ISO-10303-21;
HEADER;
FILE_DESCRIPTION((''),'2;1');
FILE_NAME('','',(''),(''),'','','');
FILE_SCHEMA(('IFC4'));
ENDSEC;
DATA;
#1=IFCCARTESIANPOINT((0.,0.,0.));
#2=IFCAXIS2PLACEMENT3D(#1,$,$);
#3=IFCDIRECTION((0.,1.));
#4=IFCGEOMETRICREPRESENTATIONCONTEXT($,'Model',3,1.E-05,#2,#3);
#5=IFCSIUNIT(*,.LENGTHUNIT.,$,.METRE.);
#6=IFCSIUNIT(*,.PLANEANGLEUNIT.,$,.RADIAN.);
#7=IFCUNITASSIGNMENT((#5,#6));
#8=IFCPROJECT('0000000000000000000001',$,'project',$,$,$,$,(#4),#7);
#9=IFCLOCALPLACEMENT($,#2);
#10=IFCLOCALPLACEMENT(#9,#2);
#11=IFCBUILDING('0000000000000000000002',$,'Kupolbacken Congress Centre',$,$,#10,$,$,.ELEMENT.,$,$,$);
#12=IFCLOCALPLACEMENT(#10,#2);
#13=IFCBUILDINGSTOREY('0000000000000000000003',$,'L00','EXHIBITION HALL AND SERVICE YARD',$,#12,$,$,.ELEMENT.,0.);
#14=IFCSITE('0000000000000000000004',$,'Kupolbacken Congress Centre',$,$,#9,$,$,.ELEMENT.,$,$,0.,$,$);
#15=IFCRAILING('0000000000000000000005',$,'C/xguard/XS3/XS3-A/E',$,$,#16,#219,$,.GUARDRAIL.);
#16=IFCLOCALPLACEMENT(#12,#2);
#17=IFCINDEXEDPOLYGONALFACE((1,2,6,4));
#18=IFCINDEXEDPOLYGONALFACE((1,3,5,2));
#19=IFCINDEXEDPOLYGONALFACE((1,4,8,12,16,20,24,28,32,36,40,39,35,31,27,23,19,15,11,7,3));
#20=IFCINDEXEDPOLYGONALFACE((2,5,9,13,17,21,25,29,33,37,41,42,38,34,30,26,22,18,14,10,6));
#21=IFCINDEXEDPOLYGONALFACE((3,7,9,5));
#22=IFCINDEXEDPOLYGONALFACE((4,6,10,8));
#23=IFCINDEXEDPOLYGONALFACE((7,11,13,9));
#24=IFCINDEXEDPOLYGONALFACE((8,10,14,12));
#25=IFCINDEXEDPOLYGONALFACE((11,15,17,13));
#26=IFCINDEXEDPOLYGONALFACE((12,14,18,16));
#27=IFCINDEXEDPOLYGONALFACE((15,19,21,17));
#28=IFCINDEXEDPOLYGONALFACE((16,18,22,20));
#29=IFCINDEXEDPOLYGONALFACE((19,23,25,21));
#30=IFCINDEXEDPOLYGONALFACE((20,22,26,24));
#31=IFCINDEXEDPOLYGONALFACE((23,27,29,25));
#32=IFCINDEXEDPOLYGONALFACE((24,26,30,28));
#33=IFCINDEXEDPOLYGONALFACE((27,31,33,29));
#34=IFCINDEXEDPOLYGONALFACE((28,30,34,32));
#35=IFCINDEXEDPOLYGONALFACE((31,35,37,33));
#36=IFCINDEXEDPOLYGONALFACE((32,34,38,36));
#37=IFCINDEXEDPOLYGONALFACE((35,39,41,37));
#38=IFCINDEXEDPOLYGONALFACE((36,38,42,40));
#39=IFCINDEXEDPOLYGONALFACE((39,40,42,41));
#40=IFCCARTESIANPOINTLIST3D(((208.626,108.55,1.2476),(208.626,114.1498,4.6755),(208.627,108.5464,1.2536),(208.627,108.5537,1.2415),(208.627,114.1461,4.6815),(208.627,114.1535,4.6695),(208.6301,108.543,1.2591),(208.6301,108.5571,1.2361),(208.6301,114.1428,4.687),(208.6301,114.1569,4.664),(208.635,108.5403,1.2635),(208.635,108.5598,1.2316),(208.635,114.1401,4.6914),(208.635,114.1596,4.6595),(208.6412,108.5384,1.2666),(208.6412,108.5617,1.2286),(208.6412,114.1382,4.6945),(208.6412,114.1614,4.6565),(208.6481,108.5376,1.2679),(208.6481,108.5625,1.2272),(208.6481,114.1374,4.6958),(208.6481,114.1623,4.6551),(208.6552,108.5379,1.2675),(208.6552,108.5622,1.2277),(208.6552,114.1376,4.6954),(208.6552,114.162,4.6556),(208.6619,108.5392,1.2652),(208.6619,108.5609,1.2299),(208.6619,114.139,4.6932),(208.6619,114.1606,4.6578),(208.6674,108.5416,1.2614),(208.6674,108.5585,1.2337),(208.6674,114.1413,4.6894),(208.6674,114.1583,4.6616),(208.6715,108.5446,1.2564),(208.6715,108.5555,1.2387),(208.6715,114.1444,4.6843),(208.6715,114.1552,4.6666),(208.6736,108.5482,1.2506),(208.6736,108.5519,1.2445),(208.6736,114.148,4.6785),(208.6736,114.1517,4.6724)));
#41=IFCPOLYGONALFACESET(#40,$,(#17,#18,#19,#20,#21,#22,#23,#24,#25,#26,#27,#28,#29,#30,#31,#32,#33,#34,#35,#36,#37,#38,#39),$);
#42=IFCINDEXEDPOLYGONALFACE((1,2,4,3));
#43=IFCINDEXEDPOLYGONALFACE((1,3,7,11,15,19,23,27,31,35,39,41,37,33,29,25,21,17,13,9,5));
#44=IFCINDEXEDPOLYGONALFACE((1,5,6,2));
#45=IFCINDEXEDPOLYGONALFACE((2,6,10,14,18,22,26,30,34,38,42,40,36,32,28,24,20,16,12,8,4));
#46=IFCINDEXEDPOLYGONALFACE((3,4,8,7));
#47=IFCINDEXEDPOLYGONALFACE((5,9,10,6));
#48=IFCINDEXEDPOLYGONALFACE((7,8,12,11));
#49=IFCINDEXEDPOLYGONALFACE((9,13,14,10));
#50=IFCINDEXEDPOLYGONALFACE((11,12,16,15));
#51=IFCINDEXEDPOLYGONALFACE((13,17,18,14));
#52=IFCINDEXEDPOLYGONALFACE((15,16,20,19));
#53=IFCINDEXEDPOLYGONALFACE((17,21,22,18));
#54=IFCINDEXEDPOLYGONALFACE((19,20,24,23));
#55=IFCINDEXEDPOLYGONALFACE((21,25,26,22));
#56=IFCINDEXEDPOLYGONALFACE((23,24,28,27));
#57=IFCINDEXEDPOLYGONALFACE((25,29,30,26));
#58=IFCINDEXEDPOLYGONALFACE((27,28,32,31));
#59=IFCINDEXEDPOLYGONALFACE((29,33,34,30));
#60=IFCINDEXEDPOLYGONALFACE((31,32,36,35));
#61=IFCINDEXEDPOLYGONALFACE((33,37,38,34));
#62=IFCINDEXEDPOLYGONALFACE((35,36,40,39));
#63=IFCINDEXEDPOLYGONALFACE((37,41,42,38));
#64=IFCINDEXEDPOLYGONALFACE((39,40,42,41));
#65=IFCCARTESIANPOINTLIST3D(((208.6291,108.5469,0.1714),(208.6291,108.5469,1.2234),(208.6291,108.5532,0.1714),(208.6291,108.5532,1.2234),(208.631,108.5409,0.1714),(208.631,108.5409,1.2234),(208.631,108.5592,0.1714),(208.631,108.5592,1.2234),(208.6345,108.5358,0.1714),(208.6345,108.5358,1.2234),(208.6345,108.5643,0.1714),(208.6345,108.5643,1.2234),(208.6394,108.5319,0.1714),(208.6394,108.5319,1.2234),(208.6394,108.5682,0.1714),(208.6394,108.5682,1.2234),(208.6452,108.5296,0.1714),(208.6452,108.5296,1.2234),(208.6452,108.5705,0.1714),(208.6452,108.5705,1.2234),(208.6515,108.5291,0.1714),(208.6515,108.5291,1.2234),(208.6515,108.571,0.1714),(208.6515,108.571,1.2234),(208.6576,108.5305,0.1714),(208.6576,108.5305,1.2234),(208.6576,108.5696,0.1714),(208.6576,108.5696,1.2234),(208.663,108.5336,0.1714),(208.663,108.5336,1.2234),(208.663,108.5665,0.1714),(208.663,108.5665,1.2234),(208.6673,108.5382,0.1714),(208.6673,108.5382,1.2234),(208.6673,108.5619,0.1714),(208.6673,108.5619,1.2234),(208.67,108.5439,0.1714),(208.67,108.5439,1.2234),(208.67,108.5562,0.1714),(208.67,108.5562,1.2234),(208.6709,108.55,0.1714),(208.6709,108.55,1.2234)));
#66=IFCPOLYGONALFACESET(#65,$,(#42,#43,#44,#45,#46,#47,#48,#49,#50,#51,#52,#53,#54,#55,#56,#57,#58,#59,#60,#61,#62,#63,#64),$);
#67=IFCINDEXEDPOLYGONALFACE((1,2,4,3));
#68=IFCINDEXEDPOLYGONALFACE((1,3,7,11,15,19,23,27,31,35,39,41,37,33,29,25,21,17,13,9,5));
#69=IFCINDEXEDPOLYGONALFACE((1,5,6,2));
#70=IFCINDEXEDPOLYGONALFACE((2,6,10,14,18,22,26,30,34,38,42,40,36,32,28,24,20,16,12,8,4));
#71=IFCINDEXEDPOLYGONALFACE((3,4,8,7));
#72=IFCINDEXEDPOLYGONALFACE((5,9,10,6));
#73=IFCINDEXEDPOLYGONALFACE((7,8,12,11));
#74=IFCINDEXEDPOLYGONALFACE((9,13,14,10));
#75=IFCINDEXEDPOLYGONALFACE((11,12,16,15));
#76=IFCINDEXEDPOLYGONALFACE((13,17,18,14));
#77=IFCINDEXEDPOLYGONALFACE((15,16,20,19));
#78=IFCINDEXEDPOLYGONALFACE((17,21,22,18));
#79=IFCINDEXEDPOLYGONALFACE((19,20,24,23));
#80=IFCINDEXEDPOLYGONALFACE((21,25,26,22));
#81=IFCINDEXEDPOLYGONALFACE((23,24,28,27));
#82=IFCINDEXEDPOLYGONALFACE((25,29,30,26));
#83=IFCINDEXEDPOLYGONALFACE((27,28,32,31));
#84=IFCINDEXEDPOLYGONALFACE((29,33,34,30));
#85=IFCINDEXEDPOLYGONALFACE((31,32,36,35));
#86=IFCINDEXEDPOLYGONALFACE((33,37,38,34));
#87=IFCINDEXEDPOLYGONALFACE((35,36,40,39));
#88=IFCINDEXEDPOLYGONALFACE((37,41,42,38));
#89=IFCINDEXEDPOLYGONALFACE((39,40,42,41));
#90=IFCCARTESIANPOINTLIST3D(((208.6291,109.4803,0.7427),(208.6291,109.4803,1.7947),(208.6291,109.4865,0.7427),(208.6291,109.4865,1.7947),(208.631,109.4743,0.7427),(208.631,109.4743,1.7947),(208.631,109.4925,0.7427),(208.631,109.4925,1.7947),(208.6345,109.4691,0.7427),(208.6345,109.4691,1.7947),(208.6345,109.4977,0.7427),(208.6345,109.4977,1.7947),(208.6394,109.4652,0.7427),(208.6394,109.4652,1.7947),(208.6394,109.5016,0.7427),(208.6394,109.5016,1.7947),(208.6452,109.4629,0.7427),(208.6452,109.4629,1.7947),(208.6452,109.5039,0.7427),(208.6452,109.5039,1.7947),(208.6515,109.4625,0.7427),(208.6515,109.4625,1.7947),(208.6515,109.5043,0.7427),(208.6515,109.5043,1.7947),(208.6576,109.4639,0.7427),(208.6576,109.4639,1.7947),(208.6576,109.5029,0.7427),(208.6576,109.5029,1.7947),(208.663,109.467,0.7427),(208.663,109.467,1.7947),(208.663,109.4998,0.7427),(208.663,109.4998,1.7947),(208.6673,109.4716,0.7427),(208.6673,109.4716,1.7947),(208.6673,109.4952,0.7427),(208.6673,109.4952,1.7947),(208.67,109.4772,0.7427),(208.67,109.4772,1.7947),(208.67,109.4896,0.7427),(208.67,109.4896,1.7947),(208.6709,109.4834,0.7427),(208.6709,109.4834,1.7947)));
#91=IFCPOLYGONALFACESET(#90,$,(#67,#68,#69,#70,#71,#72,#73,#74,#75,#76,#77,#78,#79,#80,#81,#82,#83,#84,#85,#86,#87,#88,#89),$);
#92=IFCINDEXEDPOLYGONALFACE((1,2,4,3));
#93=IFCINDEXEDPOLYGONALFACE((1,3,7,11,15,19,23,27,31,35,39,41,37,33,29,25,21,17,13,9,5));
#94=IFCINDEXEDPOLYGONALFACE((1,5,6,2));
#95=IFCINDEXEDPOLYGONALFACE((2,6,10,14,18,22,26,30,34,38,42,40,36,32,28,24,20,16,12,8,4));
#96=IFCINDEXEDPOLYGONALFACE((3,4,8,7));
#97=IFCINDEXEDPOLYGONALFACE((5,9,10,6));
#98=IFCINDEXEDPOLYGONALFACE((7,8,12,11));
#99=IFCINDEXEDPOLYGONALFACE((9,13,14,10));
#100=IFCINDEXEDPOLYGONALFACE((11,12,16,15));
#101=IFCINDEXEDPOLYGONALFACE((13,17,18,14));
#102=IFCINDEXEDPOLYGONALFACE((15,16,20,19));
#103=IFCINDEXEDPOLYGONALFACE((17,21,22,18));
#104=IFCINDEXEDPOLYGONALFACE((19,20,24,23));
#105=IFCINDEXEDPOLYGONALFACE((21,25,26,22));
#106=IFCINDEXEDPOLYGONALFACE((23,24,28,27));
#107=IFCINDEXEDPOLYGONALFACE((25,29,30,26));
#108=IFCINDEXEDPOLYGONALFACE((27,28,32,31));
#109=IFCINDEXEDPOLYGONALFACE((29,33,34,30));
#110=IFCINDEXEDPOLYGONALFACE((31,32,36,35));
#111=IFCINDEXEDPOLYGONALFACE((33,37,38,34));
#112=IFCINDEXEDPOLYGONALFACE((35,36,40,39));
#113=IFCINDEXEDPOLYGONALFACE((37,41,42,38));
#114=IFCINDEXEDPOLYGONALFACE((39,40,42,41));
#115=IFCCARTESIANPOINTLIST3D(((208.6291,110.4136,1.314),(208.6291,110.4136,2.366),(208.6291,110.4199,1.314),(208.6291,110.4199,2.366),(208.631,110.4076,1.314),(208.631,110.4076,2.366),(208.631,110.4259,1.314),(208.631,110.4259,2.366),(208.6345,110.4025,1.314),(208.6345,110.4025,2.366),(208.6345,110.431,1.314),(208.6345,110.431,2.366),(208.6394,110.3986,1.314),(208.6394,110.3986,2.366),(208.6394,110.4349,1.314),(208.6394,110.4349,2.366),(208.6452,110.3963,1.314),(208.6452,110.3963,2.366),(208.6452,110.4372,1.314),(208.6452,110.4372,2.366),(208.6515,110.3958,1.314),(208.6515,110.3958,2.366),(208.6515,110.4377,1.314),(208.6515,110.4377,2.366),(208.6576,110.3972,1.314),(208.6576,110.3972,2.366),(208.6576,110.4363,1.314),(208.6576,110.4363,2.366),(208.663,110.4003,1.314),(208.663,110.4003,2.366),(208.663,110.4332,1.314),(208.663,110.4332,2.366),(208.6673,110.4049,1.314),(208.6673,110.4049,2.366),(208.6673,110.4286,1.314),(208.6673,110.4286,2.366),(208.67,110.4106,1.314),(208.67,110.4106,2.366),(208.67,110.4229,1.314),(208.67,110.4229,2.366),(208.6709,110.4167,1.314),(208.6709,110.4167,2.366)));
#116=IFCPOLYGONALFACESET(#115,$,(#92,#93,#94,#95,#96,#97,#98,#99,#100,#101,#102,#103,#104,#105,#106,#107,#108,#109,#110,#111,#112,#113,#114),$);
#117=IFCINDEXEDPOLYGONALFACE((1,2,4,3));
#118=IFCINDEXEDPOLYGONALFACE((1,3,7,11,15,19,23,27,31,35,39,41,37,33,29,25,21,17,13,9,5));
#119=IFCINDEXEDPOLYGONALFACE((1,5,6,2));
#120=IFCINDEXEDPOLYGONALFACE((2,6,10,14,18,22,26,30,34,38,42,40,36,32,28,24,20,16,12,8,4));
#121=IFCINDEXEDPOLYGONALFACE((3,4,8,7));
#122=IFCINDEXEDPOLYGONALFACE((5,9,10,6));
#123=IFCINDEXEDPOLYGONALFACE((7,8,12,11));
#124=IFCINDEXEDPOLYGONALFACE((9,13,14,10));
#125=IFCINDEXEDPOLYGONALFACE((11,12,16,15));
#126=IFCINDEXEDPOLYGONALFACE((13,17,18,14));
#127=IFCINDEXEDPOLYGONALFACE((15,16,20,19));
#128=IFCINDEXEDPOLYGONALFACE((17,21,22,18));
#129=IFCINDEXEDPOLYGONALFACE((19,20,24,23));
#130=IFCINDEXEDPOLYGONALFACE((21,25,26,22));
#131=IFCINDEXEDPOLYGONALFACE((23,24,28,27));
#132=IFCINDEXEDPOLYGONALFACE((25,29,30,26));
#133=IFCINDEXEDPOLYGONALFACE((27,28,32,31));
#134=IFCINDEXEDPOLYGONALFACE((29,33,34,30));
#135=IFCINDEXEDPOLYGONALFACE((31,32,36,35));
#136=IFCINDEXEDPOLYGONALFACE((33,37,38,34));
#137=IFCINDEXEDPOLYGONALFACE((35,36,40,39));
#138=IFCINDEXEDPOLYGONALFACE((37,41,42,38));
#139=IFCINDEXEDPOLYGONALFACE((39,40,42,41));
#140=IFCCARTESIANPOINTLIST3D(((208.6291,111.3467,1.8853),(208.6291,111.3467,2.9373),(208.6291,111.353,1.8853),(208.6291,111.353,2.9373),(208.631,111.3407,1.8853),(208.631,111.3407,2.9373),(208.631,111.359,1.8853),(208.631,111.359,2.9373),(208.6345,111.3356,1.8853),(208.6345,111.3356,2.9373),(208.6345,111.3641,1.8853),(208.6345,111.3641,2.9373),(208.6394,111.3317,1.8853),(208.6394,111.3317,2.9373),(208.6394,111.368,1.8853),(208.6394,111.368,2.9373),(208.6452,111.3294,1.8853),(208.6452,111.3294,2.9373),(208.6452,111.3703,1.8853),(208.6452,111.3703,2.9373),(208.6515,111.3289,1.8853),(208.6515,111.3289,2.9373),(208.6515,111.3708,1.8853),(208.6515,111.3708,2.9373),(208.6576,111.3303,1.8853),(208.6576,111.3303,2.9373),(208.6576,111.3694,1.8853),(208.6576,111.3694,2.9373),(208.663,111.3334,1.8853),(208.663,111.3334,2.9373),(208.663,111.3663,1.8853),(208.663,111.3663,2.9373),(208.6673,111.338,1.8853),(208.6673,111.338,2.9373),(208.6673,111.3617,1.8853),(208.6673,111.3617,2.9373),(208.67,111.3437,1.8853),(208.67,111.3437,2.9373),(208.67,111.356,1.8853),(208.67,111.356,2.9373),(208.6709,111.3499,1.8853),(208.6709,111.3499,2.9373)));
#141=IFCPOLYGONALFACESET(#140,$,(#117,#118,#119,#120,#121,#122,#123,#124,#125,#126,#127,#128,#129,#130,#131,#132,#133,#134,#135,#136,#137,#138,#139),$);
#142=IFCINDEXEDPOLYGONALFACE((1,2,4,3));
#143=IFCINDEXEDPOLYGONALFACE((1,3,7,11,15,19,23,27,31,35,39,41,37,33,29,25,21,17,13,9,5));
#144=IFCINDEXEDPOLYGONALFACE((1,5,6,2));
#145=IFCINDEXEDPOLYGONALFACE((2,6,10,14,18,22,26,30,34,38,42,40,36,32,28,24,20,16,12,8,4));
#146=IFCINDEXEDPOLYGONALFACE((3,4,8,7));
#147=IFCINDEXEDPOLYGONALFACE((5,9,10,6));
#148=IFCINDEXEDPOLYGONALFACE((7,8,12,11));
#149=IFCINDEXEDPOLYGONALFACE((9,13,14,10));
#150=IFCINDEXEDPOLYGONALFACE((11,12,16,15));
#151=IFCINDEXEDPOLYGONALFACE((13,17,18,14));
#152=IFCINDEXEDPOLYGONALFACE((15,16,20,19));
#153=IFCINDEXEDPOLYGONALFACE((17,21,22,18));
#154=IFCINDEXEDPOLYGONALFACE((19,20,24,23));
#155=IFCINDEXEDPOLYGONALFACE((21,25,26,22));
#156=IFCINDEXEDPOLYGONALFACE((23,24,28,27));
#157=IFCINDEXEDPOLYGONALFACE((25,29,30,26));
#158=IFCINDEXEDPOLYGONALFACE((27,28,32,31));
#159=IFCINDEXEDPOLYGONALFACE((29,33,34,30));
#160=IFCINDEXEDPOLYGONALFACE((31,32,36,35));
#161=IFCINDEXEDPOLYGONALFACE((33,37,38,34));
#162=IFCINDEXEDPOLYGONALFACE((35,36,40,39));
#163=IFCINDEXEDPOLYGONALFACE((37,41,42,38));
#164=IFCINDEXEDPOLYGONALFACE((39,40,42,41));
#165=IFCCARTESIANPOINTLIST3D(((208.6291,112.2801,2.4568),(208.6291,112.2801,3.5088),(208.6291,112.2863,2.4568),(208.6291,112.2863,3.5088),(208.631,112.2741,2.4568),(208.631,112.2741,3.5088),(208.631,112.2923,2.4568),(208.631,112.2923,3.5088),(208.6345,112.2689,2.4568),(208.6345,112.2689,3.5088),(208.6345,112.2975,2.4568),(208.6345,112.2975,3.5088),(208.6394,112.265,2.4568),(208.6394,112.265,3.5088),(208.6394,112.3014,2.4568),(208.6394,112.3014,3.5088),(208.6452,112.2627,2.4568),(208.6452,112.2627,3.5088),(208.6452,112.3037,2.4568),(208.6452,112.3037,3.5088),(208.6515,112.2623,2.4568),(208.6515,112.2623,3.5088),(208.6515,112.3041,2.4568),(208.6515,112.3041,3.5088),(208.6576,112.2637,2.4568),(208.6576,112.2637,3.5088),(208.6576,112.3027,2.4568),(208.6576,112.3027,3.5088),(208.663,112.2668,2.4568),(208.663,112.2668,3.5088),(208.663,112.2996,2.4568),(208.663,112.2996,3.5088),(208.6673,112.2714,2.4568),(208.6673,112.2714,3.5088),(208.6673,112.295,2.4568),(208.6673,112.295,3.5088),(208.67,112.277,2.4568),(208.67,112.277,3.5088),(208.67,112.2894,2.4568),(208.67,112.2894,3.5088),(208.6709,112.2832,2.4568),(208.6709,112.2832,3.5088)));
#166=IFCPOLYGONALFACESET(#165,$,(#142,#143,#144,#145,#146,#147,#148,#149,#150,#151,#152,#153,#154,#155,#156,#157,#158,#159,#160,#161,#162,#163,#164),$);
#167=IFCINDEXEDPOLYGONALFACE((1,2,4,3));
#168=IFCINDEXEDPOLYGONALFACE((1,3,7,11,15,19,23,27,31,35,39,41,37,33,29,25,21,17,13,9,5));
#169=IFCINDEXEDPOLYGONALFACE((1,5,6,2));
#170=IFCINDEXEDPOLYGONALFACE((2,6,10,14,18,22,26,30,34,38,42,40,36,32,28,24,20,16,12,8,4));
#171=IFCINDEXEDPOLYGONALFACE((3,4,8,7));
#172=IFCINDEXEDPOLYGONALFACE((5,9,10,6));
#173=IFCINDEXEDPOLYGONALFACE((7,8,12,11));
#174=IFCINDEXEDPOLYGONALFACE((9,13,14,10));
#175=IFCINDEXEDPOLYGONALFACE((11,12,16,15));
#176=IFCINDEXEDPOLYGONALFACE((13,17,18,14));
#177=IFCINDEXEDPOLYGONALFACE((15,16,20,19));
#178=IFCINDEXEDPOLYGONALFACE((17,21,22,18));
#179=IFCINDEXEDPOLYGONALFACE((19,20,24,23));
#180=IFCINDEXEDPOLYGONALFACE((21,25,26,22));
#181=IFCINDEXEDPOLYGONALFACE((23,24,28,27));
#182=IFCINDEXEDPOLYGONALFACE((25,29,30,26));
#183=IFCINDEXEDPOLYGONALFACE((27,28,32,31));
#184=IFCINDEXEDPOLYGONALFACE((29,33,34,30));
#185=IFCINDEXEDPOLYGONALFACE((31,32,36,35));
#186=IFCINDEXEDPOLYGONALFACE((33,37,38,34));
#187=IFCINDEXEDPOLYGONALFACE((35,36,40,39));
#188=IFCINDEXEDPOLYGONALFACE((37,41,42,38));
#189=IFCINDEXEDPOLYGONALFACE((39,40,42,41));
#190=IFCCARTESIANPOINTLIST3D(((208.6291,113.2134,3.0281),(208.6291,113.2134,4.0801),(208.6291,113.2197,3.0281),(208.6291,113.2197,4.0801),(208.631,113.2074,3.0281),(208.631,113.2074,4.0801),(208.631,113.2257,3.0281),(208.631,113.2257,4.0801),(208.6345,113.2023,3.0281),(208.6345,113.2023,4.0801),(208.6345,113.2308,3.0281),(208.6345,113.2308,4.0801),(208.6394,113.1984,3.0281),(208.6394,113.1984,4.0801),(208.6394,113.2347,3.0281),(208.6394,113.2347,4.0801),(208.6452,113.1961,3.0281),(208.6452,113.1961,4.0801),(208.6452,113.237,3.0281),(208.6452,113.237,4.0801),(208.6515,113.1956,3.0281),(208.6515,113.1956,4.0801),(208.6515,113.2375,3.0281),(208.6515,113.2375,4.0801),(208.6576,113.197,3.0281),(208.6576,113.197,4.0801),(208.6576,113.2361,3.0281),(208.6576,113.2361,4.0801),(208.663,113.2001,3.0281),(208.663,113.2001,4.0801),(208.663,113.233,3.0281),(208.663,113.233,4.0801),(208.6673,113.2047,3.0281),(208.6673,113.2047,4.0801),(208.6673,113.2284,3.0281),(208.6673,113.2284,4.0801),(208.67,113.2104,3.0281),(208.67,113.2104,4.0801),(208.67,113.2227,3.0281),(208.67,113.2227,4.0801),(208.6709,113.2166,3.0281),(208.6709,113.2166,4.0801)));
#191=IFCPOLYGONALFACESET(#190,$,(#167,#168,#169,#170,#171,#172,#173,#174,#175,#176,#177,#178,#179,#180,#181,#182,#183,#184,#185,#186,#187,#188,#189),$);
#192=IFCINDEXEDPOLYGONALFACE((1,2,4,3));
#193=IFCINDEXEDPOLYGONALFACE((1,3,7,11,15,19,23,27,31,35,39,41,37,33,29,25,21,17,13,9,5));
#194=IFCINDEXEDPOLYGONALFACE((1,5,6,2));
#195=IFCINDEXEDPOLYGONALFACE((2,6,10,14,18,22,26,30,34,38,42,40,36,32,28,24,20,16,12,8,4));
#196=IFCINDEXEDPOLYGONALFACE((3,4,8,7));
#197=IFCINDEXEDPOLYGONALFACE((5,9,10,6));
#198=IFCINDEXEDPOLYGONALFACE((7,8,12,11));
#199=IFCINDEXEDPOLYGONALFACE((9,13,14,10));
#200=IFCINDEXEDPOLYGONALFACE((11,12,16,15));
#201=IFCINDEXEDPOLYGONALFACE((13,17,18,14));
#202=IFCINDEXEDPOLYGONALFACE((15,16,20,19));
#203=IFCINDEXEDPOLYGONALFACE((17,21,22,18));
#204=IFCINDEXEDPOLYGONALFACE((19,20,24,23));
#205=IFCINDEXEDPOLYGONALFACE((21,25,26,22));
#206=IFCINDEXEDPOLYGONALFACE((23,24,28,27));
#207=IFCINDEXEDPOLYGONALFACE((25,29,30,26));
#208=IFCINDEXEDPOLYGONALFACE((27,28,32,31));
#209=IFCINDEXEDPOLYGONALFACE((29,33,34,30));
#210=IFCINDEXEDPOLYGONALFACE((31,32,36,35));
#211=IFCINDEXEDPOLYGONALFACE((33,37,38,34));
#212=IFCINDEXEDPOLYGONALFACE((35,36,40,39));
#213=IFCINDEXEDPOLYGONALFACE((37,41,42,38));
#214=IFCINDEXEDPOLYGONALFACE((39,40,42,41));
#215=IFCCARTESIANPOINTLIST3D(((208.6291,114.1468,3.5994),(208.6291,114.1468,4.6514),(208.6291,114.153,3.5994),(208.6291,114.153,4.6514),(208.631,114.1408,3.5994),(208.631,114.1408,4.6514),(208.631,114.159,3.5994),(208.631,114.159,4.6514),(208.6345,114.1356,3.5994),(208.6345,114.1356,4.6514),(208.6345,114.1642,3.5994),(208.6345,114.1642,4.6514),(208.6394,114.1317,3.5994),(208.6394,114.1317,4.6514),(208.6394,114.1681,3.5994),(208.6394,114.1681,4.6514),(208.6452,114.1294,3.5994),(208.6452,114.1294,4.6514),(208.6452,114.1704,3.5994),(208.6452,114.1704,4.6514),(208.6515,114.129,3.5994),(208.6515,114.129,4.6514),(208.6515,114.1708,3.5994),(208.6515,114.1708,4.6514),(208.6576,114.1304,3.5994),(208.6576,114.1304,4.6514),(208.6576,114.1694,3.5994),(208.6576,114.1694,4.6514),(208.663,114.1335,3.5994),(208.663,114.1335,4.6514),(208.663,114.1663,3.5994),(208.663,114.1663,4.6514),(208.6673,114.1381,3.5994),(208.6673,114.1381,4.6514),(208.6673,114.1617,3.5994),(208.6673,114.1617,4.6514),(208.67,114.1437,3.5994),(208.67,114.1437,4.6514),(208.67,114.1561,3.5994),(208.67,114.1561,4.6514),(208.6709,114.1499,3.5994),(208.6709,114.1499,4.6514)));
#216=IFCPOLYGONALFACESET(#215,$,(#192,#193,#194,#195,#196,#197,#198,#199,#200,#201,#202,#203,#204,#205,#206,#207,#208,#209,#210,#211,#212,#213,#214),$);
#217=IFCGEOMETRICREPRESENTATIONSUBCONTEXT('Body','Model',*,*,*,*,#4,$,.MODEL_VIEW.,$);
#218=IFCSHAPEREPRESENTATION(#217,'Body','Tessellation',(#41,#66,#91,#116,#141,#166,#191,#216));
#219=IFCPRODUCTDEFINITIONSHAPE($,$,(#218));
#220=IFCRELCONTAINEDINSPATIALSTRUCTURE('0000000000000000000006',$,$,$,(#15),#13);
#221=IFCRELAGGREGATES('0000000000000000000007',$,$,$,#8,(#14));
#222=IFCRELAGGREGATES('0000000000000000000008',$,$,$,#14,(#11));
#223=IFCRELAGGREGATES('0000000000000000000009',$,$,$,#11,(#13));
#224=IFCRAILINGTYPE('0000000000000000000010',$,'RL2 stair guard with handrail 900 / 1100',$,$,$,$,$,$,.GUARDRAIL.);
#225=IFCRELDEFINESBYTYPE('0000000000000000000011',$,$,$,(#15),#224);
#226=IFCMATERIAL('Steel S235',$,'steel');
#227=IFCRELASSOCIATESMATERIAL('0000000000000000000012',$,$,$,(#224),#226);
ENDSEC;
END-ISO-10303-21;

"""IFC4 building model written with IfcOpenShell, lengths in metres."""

from ifc_helpers import new_model, si_unit, direction, frame, origin, origin_2d, place, context, subcontext, project, spatial, circle, extrude, material, type_object, element, save


model = new_model("IFC4")

# Units and contexts
model_context = context("Model", 3, precision=1e-05, world=origin(), true_north=direction((0.0, 1.0)))
body_context = subcontext(model_context, "Body", "Model", "MODEL_VIEW")
ifc_project = project(units=[si_unit("LENGTHUNIT", "METRE"), si_unit("PLANEANGLEUNIT", "RADIAN")], contexts=[model_context])

# Site, building, storey
site_placement = place(None, origin())
site = spatial("IfcSite", under=ifc_project, at=site_placement, Name="Kupolbacken Congress Centre", CompositionType="ELEMENT", RefElevation=0.0)
building_placement = place(site_placement, origin())
building = spatial("IfcBuilding", under=site, at=building_placement, Name="Kupolbacken Congress Centre", CompositionType="ELEMENT")
storey_placement = place(building_placement, origin())
storey = spatial("IfcBuildingStorey", under=building, at=storey_placement, Name="L00", Description="EXHIBITION HALL AND SERVICE YARD", CompositionType="ELEMENT", Elevation=0.0)

# Railing
ifc_material_1 = material(Name="Steel S235", Category="steel")
railing_type = type_object("IfcRailingType", Name="RL2 stair guard with handrail 900 / 1100", PredefinedType="GUARDRAIL", material=ifc_material_1)
for number, where, name in (
    (1, (208.6499, 108.55, 0.1714), "C/xguard/XS3/XS3-A/E"),
):
    element("IfcRailing", number, at=place(storey_placement, frame(where)), inside=storey, type_object=railing_type, Name=name, PredefinedType="GUARDRAIL", context=body_context, shape_type="SweptSolid", body=[
        extrude(circle(Radius=0.0239, at=origin_2d()), frame((0.0, 0.0, 1.0762), z_axis=(0.0, 0.852885, 0.522098), x_axis=(-1.0, 0.0, 0.0)), (0.0, 0.0, 1.0), 6.5657),
        extrude(circle(Radius=0.021, at=origin_2d()), origin(), (0.0, 0.0, 1.0), 1.052),
        extrude(circle(Radius=0.021, at=origin_2d()), frame((0.0, 0.9333, 0.5713)), (0.0, 0.0, 1.0), 1.052),
        extrude(circle(Radius=0.021, at=origin_2d()), frame((0.0, 1.8667, 1.1426)), (0.0, 0.0, 1.0), 1.052),
        extrude(circle(Radius=0.021, at=origin_2d()), frame((0.0, 2.7998, 1.7139)), (0.0, 0.0, 1.0), 1.052),
        extrude(circle(Radius=0.021, at=origin_2d()), frame((0.0, 3.7332, 2.2854)), (0.0, 0.0, 1.0), 1.052),
        extrude(circle(Radius=0.021, at=origin_2d()), frame((0.0, 4.6665, 2.8567)), (0.0, 0.0, 1.0), 1.052),
        extrude(circle(Radius=0.021, at=origin_2d()), frame((0.0, 5.5999, 3.428)), (0.0, 0.0, 1.0), 1.052),
    ])

save(model, "model.ifc")
